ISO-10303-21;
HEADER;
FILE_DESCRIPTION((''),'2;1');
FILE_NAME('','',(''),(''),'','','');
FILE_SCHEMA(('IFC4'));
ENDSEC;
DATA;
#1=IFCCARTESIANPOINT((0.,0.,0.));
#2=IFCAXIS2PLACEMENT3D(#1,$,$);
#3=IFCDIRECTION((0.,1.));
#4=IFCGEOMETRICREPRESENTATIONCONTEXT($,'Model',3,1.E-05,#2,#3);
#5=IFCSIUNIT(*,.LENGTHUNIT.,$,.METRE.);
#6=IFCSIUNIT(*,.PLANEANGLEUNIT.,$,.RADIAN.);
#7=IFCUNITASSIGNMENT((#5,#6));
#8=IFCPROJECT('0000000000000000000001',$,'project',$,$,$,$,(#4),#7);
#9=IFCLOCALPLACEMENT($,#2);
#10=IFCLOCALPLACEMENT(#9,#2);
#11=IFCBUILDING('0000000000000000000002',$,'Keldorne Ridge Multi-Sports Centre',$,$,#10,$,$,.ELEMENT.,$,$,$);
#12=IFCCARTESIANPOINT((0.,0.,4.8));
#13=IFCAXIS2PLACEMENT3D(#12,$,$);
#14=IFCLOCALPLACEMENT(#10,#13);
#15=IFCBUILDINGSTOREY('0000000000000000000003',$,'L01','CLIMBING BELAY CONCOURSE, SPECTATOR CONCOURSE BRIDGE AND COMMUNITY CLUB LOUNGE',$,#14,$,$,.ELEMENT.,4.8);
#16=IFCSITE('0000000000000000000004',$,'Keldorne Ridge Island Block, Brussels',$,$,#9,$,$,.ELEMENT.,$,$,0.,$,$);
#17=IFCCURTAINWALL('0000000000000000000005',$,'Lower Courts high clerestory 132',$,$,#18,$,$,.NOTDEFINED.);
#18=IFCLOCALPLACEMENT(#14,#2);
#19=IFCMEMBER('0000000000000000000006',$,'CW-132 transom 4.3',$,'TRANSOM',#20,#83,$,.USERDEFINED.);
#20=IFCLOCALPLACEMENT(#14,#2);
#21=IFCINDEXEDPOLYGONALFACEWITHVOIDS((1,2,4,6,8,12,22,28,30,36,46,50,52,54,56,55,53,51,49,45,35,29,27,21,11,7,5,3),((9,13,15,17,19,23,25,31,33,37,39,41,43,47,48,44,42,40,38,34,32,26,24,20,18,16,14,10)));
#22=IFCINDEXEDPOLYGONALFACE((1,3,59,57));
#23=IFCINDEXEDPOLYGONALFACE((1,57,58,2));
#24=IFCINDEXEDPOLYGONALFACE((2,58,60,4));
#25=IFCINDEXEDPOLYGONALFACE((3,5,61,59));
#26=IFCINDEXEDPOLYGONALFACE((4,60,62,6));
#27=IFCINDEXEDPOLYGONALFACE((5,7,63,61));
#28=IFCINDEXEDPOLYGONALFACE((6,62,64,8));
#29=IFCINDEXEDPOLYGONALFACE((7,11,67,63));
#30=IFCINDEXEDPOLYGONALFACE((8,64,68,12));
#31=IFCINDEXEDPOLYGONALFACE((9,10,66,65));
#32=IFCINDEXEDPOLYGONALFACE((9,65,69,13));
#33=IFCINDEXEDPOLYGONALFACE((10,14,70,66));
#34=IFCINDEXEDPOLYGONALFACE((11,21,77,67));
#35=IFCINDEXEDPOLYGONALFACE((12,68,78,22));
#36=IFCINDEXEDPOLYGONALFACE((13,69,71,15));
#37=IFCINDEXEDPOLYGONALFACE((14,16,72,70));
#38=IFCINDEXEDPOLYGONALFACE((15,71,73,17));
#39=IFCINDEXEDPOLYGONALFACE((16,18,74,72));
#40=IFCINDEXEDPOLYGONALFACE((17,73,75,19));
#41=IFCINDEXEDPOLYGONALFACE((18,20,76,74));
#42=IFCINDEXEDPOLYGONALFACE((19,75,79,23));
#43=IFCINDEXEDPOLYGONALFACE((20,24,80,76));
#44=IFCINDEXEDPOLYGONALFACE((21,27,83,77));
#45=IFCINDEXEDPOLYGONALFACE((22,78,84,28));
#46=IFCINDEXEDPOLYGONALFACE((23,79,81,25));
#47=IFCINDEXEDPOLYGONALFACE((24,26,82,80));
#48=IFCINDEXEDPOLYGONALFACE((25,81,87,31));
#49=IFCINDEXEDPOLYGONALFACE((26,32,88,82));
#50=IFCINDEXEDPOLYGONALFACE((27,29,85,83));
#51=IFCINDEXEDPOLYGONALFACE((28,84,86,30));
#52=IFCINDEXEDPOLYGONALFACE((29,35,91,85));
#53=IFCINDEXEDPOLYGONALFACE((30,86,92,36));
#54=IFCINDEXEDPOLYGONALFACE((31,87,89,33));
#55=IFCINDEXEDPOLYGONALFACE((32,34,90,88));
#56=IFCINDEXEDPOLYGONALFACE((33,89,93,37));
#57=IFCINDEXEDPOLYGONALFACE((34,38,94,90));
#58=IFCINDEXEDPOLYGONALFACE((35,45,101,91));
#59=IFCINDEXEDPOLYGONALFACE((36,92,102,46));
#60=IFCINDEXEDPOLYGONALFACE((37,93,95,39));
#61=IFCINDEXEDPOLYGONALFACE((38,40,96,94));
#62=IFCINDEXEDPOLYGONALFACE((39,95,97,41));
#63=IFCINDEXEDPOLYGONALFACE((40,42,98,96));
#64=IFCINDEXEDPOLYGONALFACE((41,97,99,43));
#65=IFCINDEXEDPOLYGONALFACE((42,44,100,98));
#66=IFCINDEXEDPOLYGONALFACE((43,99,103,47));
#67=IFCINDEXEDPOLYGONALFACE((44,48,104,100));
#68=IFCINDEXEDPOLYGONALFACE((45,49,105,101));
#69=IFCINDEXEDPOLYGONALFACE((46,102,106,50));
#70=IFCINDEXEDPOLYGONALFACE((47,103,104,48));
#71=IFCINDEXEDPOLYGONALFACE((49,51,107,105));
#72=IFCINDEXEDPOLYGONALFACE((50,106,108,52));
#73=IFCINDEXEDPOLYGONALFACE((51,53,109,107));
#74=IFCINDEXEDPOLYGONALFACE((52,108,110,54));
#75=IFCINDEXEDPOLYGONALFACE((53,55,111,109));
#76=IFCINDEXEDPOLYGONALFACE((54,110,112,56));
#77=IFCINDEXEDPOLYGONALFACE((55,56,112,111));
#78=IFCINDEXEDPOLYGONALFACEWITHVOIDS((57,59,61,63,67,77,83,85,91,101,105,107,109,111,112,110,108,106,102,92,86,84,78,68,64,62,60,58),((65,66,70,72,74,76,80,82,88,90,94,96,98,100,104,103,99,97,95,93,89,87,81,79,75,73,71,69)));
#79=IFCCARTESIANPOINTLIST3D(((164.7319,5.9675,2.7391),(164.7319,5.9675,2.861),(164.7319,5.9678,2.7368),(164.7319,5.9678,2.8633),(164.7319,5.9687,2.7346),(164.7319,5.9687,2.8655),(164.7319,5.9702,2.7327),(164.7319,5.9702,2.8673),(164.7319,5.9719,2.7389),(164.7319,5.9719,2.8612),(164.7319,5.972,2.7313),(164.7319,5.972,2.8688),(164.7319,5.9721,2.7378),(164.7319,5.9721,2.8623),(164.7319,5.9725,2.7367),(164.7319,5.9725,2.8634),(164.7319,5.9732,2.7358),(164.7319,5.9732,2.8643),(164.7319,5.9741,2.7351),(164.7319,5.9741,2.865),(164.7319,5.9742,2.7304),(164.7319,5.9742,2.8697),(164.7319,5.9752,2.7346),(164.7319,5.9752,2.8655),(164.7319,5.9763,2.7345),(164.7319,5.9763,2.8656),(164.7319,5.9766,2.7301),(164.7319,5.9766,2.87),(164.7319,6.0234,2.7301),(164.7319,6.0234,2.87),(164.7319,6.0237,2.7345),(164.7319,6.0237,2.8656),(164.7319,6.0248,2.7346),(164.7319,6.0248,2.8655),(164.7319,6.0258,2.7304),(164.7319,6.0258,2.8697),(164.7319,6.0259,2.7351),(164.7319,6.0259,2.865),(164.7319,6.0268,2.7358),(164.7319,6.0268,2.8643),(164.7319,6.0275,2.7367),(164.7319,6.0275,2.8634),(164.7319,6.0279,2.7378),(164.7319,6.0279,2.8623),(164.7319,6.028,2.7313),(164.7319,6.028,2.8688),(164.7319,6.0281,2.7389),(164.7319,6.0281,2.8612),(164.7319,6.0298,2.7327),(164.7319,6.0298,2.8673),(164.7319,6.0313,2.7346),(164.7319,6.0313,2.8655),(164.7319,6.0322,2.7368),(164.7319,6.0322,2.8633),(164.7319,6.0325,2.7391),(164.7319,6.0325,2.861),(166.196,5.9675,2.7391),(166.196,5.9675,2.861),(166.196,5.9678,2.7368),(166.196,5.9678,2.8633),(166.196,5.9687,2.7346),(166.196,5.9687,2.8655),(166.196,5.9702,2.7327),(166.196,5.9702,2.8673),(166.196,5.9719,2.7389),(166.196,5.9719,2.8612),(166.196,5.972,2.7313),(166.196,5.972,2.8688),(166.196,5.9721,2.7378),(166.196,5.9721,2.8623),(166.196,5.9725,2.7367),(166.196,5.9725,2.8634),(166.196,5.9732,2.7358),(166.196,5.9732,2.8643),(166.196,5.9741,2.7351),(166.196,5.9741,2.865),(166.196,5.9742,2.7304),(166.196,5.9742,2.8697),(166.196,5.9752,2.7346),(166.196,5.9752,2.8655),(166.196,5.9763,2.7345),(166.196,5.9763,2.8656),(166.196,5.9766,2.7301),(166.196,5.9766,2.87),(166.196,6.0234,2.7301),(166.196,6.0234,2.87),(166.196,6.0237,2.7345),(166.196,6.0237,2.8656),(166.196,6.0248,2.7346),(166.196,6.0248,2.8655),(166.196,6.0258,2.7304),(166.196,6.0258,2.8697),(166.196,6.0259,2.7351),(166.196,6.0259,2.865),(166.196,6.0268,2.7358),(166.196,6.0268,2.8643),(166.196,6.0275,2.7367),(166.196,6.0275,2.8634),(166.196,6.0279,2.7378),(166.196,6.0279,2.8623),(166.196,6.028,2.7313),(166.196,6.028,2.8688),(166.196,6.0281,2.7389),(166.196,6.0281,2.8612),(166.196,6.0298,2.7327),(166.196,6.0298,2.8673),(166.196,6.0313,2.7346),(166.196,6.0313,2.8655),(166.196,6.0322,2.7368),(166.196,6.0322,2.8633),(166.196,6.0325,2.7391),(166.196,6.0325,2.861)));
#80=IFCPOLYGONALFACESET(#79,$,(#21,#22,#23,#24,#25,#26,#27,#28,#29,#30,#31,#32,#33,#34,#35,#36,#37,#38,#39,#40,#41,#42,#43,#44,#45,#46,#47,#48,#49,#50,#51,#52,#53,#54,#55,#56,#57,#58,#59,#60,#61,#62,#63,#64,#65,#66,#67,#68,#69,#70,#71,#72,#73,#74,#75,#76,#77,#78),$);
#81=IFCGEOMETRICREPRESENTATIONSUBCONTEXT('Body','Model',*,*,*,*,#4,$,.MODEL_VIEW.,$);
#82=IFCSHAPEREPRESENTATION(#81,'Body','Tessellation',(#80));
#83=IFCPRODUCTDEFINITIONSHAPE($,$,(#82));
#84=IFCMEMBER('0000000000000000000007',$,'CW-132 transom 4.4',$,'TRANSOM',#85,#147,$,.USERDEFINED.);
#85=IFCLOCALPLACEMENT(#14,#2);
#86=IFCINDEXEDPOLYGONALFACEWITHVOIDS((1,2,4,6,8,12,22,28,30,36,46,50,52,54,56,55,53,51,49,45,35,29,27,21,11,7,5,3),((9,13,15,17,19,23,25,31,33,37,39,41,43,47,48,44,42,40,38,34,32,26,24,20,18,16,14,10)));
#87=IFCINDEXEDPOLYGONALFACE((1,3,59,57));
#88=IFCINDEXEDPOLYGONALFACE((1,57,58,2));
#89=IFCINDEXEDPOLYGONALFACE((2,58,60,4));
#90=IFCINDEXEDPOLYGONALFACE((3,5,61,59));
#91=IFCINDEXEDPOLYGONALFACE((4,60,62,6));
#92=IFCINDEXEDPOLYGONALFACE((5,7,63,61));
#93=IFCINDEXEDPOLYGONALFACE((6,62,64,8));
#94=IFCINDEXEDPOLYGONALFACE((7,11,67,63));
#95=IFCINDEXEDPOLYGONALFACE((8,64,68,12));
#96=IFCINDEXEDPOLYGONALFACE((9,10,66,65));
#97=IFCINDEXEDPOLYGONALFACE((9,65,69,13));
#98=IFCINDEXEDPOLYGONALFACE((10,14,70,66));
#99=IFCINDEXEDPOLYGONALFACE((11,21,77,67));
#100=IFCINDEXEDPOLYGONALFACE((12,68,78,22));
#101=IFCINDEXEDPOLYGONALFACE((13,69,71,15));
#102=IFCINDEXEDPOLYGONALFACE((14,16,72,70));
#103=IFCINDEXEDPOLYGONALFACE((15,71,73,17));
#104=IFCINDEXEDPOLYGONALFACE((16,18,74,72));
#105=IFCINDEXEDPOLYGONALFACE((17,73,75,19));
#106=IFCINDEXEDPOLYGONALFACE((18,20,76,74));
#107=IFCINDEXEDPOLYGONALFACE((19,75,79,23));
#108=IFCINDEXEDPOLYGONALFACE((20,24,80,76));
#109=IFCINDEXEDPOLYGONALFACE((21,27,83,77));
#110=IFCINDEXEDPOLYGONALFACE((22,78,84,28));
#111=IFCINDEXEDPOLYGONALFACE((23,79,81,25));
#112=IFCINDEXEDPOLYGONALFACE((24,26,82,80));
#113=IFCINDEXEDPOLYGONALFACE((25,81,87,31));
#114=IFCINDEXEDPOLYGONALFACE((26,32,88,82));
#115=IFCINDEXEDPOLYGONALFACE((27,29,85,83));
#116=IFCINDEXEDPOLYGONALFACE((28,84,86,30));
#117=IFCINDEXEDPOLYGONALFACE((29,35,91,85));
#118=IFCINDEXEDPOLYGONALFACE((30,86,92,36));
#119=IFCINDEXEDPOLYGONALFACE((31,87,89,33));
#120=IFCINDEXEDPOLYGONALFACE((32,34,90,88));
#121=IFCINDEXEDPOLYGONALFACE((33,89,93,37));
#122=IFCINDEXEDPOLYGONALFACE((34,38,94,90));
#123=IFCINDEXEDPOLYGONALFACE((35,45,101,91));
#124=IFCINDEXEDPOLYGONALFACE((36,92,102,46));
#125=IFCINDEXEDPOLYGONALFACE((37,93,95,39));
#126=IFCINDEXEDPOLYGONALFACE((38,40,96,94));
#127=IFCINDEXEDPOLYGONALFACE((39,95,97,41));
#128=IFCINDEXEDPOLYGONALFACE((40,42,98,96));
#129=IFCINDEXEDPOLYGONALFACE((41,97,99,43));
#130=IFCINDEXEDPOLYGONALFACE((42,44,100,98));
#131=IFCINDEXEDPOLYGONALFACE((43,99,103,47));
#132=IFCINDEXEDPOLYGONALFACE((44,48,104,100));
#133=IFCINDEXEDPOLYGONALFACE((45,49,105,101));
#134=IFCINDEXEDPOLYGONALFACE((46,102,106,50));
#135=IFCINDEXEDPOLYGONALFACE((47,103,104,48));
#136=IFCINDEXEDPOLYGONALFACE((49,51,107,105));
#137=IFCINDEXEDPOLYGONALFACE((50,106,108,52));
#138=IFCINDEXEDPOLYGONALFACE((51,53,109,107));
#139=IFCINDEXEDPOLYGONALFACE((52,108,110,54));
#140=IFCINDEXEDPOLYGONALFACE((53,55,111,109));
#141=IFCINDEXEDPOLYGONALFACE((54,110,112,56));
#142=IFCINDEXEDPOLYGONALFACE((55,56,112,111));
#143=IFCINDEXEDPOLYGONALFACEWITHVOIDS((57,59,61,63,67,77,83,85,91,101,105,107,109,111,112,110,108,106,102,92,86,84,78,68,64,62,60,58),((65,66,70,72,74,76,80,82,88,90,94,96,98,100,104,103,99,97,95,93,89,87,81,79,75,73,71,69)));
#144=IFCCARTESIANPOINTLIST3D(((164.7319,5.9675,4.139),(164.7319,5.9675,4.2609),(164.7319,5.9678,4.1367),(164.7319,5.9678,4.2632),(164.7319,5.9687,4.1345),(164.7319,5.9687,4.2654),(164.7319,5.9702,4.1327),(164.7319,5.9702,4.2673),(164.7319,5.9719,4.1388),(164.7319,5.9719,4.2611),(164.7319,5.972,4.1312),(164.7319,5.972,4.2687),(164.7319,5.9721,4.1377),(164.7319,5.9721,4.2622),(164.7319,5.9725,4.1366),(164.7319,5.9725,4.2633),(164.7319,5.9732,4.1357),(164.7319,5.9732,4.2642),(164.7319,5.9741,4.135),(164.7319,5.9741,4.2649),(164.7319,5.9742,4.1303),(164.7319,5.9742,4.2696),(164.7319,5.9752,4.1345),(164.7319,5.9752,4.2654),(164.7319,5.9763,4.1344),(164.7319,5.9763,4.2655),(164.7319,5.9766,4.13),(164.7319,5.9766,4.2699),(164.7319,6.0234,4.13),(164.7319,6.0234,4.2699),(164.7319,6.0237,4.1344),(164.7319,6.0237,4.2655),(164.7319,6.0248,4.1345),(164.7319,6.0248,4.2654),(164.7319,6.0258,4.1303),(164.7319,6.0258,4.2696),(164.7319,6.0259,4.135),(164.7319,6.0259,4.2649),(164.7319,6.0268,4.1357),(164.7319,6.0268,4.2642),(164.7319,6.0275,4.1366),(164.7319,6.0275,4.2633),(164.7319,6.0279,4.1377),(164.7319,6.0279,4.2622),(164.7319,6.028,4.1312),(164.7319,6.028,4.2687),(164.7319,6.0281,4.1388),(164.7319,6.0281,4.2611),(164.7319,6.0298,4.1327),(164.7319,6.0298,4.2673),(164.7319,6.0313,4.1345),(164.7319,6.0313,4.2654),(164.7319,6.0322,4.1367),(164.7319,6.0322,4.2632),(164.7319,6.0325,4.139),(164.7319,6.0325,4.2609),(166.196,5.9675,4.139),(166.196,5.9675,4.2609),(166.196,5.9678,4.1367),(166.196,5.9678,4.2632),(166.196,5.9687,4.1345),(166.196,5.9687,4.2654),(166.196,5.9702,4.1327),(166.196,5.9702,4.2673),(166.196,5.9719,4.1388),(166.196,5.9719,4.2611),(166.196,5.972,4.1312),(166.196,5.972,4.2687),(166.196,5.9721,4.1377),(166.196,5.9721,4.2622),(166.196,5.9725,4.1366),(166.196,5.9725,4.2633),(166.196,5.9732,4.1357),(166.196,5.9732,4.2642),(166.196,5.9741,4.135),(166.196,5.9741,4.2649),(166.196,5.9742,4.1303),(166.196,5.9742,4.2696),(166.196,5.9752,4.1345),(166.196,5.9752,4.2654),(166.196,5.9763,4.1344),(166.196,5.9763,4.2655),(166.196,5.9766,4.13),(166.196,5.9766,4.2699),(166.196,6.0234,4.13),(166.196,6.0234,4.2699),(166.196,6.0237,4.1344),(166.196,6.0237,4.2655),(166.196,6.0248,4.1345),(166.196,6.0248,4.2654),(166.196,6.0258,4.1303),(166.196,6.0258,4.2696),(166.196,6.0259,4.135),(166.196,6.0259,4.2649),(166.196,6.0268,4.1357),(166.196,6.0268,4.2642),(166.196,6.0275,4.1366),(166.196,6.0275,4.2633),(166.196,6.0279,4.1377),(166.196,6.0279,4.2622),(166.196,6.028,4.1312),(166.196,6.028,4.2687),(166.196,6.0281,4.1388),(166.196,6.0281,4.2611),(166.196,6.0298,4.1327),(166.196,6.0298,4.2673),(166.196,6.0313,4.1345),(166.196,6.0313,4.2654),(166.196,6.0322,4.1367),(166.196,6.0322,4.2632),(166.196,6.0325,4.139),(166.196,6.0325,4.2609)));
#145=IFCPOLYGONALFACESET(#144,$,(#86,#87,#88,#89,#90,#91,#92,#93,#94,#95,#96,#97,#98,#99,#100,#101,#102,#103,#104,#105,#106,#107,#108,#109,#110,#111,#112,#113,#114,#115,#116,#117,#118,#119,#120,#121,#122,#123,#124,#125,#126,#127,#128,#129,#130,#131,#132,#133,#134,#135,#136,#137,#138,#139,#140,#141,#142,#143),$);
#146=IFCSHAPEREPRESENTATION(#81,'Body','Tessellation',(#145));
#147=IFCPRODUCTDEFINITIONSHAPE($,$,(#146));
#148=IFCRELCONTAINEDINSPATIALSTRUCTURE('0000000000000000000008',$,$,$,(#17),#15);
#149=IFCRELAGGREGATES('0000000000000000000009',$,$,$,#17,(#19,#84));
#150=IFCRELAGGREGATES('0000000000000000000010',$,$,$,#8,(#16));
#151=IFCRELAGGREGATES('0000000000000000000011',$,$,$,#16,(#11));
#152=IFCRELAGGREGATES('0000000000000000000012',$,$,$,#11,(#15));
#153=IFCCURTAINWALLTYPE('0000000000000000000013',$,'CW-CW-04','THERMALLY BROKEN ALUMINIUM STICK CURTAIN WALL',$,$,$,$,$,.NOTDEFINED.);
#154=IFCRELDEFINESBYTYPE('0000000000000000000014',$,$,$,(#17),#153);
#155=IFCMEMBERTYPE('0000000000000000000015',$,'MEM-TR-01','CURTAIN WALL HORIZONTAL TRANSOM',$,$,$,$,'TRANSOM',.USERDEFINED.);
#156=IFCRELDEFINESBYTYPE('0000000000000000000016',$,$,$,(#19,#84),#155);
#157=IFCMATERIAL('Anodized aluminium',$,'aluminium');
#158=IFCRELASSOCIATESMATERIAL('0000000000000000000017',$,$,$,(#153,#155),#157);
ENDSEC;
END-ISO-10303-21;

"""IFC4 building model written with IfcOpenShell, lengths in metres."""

from ifc_helpers import new_model, si_unit, direction, frame, origin, origin_2d, place, context, subcontext, project, spatial, hollow_rectangle, extrude, material, material_profile, profile_set, type_object, element, aggregate, save


model = new_model("IFC4")

# Units and contexts
model_context = context("Model", 3, precision=1e-05, world=origin(), true_north=direction((0.0, 1.0)))
body_context = subcontext(model_context, "Body", "Model", "MODEL_VIEW")
ifc_project = project(units=[si_unit("LENGTHUNIT", "METRE"), si_unit("PLANEANGLEUNIT", "RADIAN")], contexts=[model_context])

# Site, building, storey
site_placement = place(None, origin())
site = spatial("IfcSite", under=ifc_project, at=site_placement, Name="Keldorne Ridge Island Block, Brussels", CompositionType="ELEMENT", RefElevation=0.0)
building_placement = place(site_placement, origin())
building = spatial("IfcBuilding", under=site, at=building_placement, Name="Keldorne Ridge Multi-Sports Centre", CompositionType="ELEMENT")
storey_placement = place(building_placement, frame((0.0, 0.0, 4.8)))
storey = spatial("IfcBuildingStorey", under=building, at=storey_placement, Name="L01", Description="CLIMBING BELAY CONCOURSE, SPECTATOR CONCOURSE BRIDGE AND COMMUNITY CLUB LOUNGE", CompositionType="ELEMENT", Elevation=4.8)

# Curtain wall, members
ifc_material_1 = material(Name="Anodized aluminium", Category="aluminium")
curtain_wall_type = type_object("IfcCurtainWallType", Name="CW-CW-04", Description="THERMALLY BROKEN ALUMINIUM STICK CURTAIN WALL", PredefinedType="NOTDEFINED", material=ifc_material_1)
curtain_wall_placement = place(storey_placement, origin())
curtain_wall = element("IfcCurtainWall", 1, at=curtain_wall_placement, inside=storey, type_object=curtain_wall_type, Name="Lower Courts high clerestory 132", PredefinedType="NOTDEFINED")
ifc_material_profile_1 = material_profile(ifc_material_1, hollow_rectangle(XDim=0.0649, YDim=0.1399, WallThickness=0.0044, InnerFilletRadius=0.0044, OuterFilletRadius=0.009, at=origin_2d()), Name="ALU TRANSOM 140x65x4.5")
ifc_profile_set_1 = profile_set([ifc_material_profile_1], Name="Anodized aluminium")
member_type_1 = type_object("IfcMemberType", Name="MEM-TR-01", Description="CURTAIN WALL HORIZONTAL TRANSOM", ElementType="TRANSOM", PredefinedType="USERDEFINED", material=ifc_profile_set_1)
member_1_placement = place(storey_placement, frame((164.7319, 6.0, 2.8), z_axis=(1.0, 0.0, 0.0), x_axis=(0.0, 1.0, 0.0)))
member_1 = element("IfcMember", 2, at=member_1_placement, type_object=member_type_1, Name="CW-132 transom 4.3", ObjectType="TRANSOM", PredefinedType="USERDEFINED", context=body_context, shape_type="SweptSolid", body=[
    extrude(hollow_rectangle(XDim=0.0649, YDim=0.1399, WallThickness=0.0044, InnerFilletRadius=0.0044, OuterFilletRadius=0.009, at=origin_2d()), origin(), (0.0, 0.0, 1.0), 1.4641),
])
member_2_placement = place(storey_placement, frame((164.7319, 6.0, 4.2), z_axis=(1.0, 0.0, 0.0), x_axis=(0.0, 1.0, 0.0)))
member_2 = element("IfcMember", 3, at=member_2_placement, type_object=member_type_1, Name="CW-132 transom 4.4", ObjectType="TRANSOM", PredefinedType="USERDEFINED", context=body_context, shape_type="SweptSolid", body=[
    extrude(hollow_rectangle(XDim=0.0649, YDim=0.1399, WallThickness=0.0044, InnerFilletRadius=0.0044, OuterFilletRadius=0.009, at=origin_2d()), origin(), (0.0, 0.0, 1.0), 1.4641),
])
aggregate(curtain_wall, [member_1, member_2])

save(model, "model.ifc")
